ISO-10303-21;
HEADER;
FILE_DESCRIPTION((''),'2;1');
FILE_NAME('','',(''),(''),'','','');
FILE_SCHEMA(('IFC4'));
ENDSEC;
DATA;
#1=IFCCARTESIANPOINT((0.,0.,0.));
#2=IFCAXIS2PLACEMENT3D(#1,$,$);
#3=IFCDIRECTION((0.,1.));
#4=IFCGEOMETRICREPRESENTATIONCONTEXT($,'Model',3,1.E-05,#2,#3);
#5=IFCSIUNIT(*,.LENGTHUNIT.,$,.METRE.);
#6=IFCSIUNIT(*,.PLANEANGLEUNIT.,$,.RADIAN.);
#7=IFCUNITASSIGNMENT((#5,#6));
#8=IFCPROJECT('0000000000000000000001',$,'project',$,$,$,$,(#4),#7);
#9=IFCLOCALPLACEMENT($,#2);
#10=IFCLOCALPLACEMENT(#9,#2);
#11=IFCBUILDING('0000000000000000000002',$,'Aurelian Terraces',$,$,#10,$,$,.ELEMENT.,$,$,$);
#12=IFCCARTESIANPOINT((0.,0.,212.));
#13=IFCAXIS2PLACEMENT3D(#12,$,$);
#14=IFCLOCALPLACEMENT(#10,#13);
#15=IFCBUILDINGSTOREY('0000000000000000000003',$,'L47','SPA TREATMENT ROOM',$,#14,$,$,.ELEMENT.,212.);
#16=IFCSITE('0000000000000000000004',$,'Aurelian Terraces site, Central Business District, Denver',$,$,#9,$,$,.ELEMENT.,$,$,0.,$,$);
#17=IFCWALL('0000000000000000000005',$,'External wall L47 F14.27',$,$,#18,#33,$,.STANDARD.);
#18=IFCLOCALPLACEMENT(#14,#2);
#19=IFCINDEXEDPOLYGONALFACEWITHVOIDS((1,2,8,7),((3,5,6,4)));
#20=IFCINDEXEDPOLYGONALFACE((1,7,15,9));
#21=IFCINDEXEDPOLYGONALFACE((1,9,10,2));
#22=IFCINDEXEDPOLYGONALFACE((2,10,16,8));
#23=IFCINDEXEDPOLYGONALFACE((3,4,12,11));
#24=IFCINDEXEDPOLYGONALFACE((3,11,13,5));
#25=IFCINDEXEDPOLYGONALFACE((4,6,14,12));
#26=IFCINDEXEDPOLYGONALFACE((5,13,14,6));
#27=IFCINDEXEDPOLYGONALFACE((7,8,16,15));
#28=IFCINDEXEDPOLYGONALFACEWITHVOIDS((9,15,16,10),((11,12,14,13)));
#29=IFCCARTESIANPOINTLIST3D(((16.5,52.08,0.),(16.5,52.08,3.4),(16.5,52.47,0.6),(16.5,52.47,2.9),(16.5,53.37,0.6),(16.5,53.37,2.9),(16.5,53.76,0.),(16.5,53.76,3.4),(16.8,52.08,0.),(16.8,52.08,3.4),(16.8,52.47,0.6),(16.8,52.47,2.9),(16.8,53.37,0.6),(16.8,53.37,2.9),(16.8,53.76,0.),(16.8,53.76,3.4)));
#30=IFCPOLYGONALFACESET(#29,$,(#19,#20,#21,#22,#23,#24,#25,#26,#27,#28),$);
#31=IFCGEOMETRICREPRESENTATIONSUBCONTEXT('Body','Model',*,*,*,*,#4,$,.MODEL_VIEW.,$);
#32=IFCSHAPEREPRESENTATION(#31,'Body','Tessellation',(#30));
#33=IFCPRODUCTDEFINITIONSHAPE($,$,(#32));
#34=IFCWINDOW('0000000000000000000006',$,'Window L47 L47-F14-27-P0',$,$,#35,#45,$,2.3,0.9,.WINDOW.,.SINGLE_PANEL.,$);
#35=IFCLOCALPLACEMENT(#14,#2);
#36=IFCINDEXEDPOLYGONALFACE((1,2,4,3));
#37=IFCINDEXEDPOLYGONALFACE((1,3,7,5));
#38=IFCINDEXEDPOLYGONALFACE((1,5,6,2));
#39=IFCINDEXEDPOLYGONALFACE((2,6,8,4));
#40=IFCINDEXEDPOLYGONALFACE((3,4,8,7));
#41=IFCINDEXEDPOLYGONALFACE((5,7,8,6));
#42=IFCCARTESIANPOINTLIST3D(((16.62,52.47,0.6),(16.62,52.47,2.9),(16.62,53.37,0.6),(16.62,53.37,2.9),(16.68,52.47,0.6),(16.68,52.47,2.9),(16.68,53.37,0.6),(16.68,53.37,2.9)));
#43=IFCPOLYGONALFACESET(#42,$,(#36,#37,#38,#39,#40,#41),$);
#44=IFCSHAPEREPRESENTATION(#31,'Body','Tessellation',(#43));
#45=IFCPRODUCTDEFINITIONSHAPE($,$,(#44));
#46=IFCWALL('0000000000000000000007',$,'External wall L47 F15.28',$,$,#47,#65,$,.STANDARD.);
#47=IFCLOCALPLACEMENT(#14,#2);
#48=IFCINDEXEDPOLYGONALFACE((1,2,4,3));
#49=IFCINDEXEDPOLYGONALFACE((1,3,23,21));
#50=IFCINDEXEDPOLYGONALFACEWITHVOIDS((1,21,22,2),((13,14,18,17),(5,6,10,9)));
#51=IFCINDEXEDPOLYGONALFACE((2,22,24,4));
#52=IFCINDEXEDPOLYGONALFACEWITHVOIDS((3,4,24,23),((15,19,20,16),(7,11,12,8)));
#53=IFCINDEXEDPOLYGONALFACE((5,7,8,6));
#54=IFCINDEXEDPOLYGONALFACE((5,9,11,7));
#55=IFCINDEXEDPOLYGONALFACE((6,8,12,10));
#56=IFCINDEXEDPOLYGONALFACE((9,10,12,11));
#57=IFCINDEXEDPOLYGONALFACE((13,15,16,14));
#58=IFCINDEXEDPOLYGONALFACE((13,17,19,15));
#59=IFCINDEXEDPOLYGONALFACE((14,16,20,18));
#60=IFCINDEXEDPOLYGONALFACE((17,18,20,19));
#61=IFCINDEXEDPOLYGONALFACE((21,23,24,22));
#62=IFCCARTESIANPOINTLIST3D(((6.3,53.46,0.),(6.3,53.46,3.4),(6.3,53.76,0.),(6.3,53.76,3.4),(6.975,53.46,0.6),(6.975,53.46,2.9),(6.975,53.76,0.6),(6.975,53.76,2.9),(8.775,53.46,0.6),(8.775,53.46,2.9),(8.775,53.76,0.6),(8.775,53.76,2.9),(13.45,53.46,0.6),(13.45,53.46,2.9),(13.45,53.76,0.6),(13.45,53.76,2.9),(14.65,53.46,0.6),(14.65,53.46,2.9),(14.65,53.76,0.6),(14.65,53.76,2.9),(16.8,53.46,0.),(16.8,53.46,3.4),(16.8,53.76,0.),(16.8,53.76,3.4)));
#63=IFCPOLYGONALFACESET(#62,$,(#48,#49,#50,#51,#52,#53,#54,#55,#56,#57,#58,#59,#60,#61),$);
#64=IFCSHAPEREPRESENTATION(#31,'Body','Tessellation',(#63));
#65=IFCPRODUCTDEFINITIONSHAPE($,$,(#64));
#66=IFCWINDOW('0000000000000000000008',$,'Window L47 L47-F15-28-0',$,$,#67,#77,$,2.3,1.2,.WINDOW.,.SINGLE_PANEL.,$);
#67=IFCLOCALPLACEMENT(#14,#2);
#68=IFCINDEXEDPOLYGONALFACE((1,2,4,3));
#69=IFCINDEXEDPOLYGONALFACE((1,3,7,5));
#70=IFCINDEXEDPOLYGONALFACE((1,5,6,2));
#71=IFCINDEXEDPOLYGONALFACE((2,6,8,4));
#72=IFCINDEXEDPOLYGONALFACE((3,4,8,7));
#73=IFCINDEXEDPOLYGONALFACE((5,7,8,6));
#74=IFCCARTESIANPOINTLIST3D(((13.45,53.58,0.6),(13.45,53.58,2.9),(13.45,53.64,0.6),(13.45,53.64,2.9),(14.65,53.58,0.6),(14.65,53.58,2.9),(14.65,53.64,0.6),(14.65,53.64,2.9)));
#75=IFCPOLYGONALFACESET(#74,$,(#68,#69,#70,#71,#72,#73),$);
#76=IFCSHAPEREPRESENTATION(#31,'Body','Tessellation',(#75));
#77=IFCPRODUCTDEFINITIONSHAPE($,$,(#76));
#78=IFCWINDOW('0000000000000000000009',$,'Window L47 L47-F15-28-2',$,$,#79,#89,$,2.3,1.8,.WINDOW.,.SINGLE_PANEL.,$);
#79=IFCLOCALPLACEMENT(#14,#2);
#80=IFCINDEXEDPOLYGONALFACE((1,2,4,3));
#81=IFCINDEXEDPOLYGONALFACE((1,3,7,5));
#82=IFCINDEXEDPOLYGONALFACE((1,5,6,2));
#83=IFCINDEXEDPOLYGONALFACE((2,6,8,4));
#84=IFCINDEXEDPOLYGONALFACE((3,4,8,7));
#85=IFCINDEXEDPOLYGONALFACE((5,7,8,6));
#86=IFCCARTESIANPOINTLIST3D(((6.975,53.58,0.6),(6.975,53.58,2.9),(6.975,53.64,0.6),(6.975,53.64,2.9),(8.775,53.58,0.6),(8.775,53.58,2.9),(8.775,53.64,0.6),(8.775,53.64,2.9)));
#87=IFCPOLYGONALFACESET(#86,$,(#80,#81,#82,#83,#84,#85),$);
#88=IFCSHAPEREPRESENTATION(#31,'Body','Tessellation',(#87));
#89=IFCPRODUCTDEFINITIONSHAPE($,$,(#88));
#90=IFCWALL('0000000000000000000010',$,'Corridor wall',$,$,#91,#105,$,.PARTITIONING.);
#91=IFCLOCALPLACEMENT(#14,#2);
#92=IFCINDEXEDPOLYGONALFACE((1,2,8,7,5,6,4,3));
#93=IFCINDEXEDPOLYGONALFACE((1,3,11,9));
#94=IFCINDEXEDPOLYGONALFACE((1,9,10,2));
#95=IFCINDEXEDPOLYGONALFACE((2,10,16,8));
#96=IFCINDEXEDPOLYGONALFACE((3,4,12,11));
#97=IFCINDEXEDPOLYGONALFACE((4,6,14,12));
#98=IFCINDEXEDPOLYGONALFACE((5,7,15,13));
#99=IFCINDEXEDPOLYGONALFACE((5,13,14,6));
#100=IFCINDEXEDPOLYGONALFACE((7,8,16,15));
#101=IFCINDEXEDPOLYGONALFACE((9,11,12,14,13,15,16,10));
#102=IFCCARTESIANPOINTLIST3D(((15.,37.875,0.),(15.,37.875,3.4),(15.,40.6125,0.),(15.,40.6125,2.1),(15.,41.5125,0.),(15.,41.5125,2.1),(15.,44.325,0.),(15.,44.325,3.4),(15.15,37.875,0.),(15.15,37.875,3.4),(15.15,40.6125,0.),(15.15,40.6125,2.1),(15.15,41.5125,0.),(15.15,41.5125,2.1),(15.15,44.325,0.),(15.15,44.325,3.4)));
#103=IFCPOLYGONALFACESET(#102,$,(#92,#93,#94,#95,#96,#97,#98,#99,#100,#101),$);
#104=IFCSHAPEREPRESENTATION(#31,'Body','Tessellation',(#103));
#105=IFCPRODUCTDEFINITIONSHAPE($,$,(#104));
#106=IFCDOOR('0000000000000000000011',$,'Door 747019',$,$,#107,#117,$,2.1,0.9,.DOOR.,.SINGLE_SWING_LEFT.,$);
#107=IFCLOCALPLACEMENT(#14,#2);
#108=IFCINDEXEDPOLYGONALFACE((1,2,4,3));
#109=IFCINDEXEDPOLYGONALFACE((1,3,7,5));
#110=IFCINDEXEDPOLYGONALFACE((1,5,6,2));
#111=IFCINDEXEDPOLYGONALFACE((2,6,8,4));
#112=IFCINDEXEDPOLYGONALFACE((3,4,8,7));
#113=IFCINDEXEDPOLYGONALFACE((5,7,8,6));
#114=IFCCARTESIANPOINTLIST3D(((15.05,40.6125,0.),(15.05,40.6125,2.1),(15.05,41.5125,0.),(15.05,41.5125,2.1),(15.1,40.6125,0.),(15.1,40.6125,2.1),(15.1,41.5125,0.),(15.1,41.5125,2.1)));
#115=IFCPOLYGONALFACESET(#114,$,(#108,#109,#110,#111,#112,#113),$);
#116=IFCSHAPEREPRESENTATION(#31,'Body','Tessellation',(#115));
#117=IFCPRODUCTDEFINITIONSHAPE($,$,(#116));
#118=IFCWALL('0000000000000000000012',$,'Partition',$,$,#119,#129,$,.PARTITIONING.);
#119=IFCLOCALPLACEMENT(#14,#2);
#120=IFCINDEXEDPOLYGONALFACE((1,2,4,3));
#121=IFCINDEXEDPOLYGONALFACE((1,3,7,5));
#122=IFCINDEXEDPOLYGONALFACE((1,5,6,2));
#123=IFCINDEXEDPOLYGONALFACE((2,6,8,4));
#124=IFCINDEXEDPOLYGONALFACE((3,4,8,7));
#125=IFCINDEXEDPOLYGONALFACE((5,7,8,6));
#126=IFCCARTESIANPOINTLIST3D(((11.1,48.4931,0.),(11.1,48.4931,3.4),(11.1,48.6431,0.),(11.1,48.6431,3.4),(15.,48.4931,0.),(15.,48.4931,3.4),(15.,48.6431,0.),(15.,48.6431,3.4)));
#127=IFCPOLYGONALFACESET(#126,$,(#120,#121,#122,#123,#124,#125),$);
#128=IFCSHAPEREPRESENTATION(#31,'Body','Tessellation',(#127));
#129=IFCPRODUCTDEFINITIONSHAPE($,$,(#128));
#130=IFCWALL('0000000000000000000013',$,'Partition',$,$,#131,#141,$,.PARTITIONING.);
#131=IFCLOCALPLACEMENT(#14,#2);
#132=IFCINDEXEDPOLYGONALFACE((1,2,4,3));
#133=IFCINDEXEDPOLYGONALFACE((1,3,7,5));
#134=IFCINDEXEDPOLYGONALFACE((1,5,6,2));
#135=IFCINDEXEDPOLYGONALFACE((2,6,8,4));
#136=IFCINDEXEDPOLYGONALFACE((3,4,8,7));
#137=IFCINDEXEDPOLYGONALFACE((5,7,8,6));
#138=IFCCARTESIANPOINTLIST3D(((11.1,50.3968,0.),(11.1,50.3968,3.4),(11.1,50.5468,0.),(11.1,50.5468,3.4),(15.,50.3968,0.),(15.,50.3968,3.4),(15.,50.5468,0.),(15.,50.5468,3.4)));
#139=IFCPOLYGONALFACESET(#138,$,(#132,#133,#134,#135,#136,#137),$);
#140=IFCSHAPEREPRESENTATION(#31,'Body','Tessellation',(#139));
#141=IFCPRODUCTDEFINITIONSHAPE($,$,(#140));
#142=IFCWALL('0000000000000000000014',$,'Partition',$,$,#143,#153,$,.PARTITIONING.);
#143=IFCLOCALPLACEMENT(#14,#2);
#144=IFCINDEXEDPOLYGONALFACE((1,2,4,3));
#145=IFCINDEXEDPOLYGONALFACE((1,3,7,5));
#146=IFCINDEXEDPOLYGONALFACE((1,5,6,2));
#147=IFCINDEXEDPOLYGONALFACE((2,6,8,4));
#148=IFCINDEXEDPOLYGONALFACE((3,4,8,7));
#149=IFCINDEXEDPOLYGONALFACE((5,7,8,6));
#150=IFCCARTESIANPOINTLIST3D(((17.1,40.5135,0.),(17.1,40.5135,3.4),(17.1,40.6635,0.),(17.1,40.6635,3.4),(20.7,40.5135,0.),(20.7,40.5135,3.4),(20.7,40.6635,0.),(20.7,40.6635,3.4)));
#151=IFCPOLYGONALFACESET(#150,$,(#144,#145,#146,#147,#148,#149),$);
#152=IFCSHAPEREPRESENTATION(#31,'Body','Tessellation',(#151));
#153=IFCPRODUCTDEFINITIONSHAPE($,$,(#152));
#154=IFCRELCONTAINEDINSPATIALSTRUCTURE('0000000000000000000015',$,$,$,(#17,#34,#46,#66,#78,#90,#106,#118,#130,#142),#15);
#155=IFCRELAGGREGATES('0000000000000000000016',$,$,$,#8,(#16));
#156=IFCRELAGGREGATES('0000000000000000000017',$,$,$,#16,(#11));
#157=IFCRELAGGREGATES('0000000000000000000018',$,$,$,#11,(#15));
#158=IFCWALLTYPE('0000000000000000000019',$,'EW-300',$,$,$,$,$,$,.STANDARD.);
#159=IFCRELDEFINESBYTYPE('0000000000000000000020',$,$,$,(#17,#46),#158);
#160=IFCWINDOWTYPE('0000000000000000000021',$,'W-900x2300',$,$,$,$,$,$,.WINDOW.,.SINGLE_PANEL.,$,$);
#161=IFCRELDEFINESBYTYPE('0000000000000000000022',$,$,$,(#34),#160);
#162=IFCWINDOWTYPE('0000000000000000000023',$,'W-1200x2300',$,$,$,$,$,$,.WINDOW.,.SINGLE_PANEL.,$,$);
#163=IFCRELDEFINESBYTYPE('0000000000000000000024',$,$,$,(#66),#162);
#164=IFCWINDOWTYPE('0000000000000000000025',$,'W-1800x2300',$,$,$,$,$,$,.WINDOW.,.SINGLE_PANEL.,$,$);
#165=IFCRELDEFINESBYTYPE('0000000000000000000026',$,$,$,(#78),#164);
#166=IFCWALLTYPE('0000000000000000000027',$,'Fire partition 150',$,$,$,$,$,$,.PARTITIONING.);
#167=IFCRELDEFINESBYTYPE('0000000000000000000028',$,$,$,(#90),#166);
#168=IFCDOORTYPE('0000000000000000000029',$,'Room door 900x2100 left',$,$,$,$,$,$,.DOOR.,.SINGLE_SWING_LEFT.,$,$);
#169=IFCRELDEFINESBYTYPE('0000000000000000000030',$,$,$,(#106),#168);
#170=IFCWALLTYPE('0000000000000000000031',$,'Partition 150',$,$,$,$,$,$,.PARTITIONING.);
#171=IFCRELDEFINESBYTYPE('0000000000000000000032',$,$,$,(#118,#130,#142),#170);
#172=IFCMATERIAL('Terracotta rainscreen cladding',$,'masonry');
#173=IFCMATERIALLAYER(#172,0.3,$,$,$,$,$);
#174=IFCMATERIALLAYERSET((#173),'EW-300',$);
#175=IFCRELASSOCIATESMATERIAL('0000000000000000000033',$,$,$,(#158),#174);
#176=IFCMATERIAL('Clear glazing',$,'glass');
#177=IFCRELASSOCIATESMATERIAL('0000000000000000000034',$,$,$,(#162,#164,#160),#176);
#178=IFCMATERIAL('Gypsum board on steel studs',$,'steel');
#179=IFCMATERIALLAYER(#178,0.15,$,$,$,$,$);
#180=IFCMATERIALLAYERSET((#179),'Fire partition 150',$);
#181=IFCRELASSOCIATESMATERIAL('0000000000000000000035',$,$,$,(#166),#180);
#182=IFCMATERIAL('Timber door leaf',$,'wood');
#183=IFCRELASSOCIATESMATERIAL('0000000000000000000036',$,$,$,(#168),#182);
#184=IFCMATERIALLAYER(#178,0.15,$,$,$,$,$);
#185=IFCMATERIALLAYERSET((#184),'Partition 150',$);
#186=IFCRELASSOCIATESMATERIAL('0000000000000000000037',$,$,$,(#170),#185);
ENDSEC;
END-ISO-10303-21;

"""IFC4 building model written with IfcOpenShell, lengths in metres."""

from ifc_helpers import new_model, si_unit, direction, frame, frame_2d, origin, place, context, subcontext, project, spatial, rectangle, extrude, source, transform, mapped, material, layer, layer_set, type_object, element, fill, save


model = new_model("IFC4")

# Units and contexts
model_context = context("Model", 3, precision=1e-05, world=origin(), true_north=direction((0.0, 1.0)))
body_context = subcontext(model_context, "Body", "Model", "MODEL_VIEW")
ifc_project = project(units=[si_unit("LENGTHUNIT", "METRE"), si_unit("PLANEANGLEUNIT", "RADIAN")], contexts=[model_context])

# Site, building, storey
site_placement = place(None, origin())
site = spatial("IfcSite", under=ifc_project, at=site_placement, Name="Aurelian Terraces site, Central Business District, Denver", CompositionType="ELEMENT", RefElevation=0.0)
building_placement = place(site_placement, origin())
building = spatial("IfcBuilding", under=site, at=building_placement, Name="Aurelian Terraces", CompositionType="ELEMENT")
storey_placement = place(building_placement, frame((0.0, 0.0, 212.0)))
storey = spatial("IfcBuildingStorey", under=building, at=storey_placement, Name="L47", Description="SPA TREATMENT ROOM", CompositionType="ELEMENT", Elevation=212.0)

# Shared definitions
ifc_material_1 = material(Name="Terracotta rainscreen cladding", Category="masonry")
ifc_layer_1 = layer(ifc_material_1, 0.3)
ifc_layer_set_1 = layer_set([ifc_layer_1], Name="EW-300")
wall_type_1 = type_object("IfcWallType", Name="EW-300", PredefinedType="STANDARD", material=ifc_layer_set_1)
shared_shape_1 = source(origin(), body_context, "Body", "SweptSolid", [
    extrude(rectangle(XDim=1.2, YDim=2.3, at=frame_2d((0.6, 1.15))), frame((0.0, 0.16, 0.0), z_axis=(0.0, -1.0, 0.0), x_axis=(1.0, 0.0, 0.0)), (0.0, 0.0, 1.0), 0.32),
])
ifc_material_2 = material(Name="Clear glazing", Category="glass")
window_type_1 = type_object("IfcWindowType", Name="W-1200x2300", PartitioningType="SINGLE_PANEL", PredefinedType="WINDOW", material=ifc_material_2)
shared_shape_2 = source(origin(), body_context, "Body", "SweptSolid", [
    extrude(rectangle(XDim=1.2, YDim=2.3, at=frame_2d((0.6, 1.15))), frame((0.0, 0.03, 0.0), z_axis=(0.0, -1.0, 0.0), x_axis=(1.0, 0.0, 0.0)), (0.0, 0.0, 1.0), 0.06),
])

# Wall, opening, window
shared_shape_3 = source(origin(), body_context, "Body", "SweptSolid", [
    extrude(rectangle(XDim=1.8, YDim=2.3, at=frame_2d((0.9, 1.15))), frame((0.0, 0.16, 0.0), z_axis=(0.0, -1.0, 0.0), x_axis=(1.0, 0.0, 0.0)), (0.0, 0.0, 1.0), 0.32),
])
window_type_2 = type_object("IfcWindowType", Name="W-1800x2300", PartitioningType="SINGLE_PANEL", PredefinedType="WINDOW", material=ifc_material_2)
shared_shape_4 = source(origin(), body_context, "Body", "SweptSolid", [
    extrude(rectangle(XDim=1.8, YDim=2.3, at=frame_2d((0.9, 1.15))), frame((0.0, 0.03, 0.0), z_axis=(0.0, -1.0, 0.0), x_axis=(1.0, 0.0, 0.0)), (0.0, 0.0, 1.0), 0.06),
])
shared_shape_5 = source(origin(), body_context, "Body", "SweptSolid", [
    extrude(rectangle(XDim=1.68, YDim=0.3, at=frame_2d((0.84, 0.0))), origin(), (0.0, 0.0, 1.0), 3.4),
])
wall_1_placement = place(storey_placement, frame((16.65, 52.08, 0.0), z_axis=(0.0, 0.0, 1.0), x_axis=(0.0, 1.0, 0.0)))
wall_1 = element("IfcWall", 1, at=wall_1_placement, inside=storey, type_object=wall_type_1, Name="External wall L47 F14.27", PredefinedType="STANDARD", context=body_context, shape_type="MappedRepresentation", body=[
    mapped(shared_shape_5, transform((0.0, 0.0, 0.0), scale=1.0)),
])
shared_shape_6 = source(origin(), body_context, "Body", "SweptSolid", [
    extrude(rectangle(XDim=0.9, YDim=2.3, at=frame_2d((0.45, 1.15))), frame((0.0, 0.16, 0.0), z_axis=(0.0, -1.0, 0.0), x_axis=(1.0, 0.0, 0.0)), (0.0, 0.0, 1.0), 0.32),
])
opening_1_placement = place(wall_1_placement, frame((0.39, 0.0, 0.6)))
opening_1 = element("IfcOpeningElement", 2, at=opening_1_placement, cuts=wall_1, PredefinedType="OPENING", context=body_context, shape_type="MappedRepresentation", body=[
    mapped(shared_shape_6, transform((0.0, 0.0, 0.0), scale=1.0)),
])
window_type_3 = type_object("IfcWindowType", Name="W-900x2300", PartitioningType="SINGLE_PANEL", PredefinedType="WINDOW", material=ifc_material_2)
shared_shape_7 = source(origin(), body_context, "Body", "SweptSolid", [
    extrude(rectangle(XDim=0.9, YDim=2.3, at=frame_2d((0.45, 1.15))), frame((0.0, 0.03, 0.0), z_axis=(0.0, -1.0, 0.0), x_axis=(1.0, 0.0, 0.0)), (0.0, 0.0, 1.0), 0.06),
])
window_1_placement = place(opening_1_placement, origin())
window_1 = element("IfcWindow", 3, at=window_1_placement, inside=storey, type_object=window_type_3, Name="Window L47 L47-F14-27-P0", OverallHeight=2.3, OverallWidth=0.9, PartitioningType="SINGLE_PANEL", PredefinedType="WINDOW", context=body_context, shape_type="MappedRepresentation", body=[
    mapped(shared_shape_7, transform((0.0, 0.0, 0.0), scale=1.0)),
])
fill(opening_1, window_1)

# Wall, openings, windows
shared_shape_8 = source(origin(), body_context, "Body", "SweptSolid", [
    extrude(rectangle(XDim=10.5, YDim=0.3, at=frame_2d((5.25, 0.0))), origin(), (0.0, 0.0, 1.0), 3.4),
])
wall_2_placement = place(storey_placement, frame((16.8, 53.61, 0.0), z_axis=(0.0, 0.0, 1.0), x_axis=(-1.0, 0.0, 0.0)))
wall_2 = element("IfcWall", 4, at=wall_2_placement, inside=storey, type_object=wall_type_1, Name="External wall L47 F15.28", PredefinedType="STANDARD", context=body_context, shape_type="MappedRepresentation", body=[
    mapped(shared_shape_8, transform((0.0, 0.0, 0.0), scale=1.0)),
])
opening_2_placement = place(wall_2_placement, frame((2.15, 0.0, 0.6)))
opening_2 = element("IfcOpeningElement", 5, at=opening_2_placement, cuts=wall_2, PredefinedType="OPENING", context=body_context, shape_type="MappedRepresentation", body=[
    mapped(shared_shape_1, transform((0.0, 0.0, 0.0), scale=1.0)),
])
opening_3_placement = place(wall_2_placement, frame((8.025, 0.0, 0.6)))
opening_3 = element("IfcOpeningElement", 6, at=opening_3_placement, cuts=wall_2, PredefinedType="OPENING", context=body_context, shape_type="MappedRepresentation", body=[
    mapped(shared_shape_3, transform((0.0, 0.0, 0.0), scale=1.0)),
])
window_2_placement = place(opening_2_placement, origin())
window_2 = element("IfcWindow", 7, at=window_2_placement, inside=storey, type_object=window_type_1, Name="Window L47 L47-F15-28-0", OverallHeight=2.3, OverallWidth=1.2, PartitioningType="SINGLE_PANEL", PredefinedType="WINDOW", context=body_context, shape_type="MappedRepresentation", body=[
    mapped(shared_shape_2, transform((0.0, 0.0, 0.0), scale=1.0)),
])
fill(opening_2, window_2)
window_3_placement = place(opening_3_placement, origin())
window_3 = element("IfcWindow", 8, at=window_3_placement, inside=storey, type_object=window_type_2, Name="Window L47 L47-F15-28-2", OverallHeight=2.3, OverallWidth=1.8, PartitioningType="SINGLE_PANEL", PredefinedType="WINDOW", context=body_context, shape_type="MappedRepresentation", body=[
    mapped(shared_shape_4, transform((0.0, 0.0, 0.0), scale=1.0)),
])
fill(opening_3, window_3)

# Wall, opening, door
ifc_material_3 = material(Name="Gypsum board on steel studs", Category="steel")
ifc_layer_2 = layer(ifc_material_3, 0.15)
ifc_layer_set_2 = layer_set([ifc_layer_2], Name="Fire partition 150")
wall_type_2 = type_object("IfcWallType", Name="Fire partition 150", PredefinedType="PARTITIONING", material=ifc_layer_set_2)
shared_shape_9 = source(origin(), body_context, "Body", "SweptSolid", [
    extrude(rectangle(XDim=6.45, YDim=0.15, at=frame_2d((3.225, 0.0))), origin(), (0.0, 0.0, 1.0), 3.4),
])
wall_3_placement = place(storey_placement, frame((15.075, 37.875, 0.0), z_axis=(0.0, 0.0, 1.0), x_axis=(0.0, 1.0, 0.0)))
wall_3 = element("IfcWall", 9, at=wall_3_placement, inside=storey, type_object=wall_type_2, Name="Corridor wall", PredefinedType="PARTITIONING", context=body_context, shape_type="MappedRepresentation", body=[
    mapped(shared_shape_9, transform((0.0, 0.0, 0.0), scale=1.0)),
])
shared_shape_10 = source(origin(), body_context, "Body", "SweptSolid", [
    extrude(rectangle(XDim=0.9, YDim=2.1, at=frame_2d((0.45, 1.05))), frame((0.0, 0.085, 0.0), z_axis=(0.0, -1.0, 0.0), x_axis=(1.0, 0.0, 0.0)), (0.0, 0.0, 1.0), 0.17),
])
opening_4_placement = place(wall_3_placement, frame((2.7375, 0.0, 0.0)))
opening_4 = element("IfcOpeningElement", 10, at=opening_4_placement, cuts=wall_3, PredefinedType="OPENING", context=body_context, shape_type="MappedRepresentation", body=[
    mapped(shared_shape_10, transform((0.0, 0.0, 0.0), scale=1.0)),
])
ifc_material_4 = material(Name="Timber door leaf", Category="wood")
door_type_1 = type_object("IfcDoorType", Name="Room door 900x2100 left", OperationType="SINGLE_SWING_LEFT", PredefinedType="DOOR", material=ifc_material_4)
shared_shape_11 = source(origin(), body_context, "Body", "SweptSolid", [
    extrude(rectangle(XDim=0.9, YDim=2.1, at=frame_2d((0.45, 1.05))), frame((0.0, 0.025, 0.0), z_axis=(0.0, -1.0, 0.0), x_axis=(1.0, 0.0, 0.0)), (0.0, 0.0, 1.0), 0.05),
])
door_1_placement = place(opening_4_placement, origin())
door_1 = element("IfcDoor", 11, at=door_1_placement, inside=storey, type_object=door_type_1, Name="Door 747019", OperationType="SINGLE_SWING_LEFT", OverallHeight=2.1, OverallWidth=0.9, PredefinedType="DOOR", context=body_context, shape_type="MappedRepresentation", body=[
    mapped(shared_shape_11, transform((0.0, 0.0, 0.0), scale=1.0)),
])
fill(opening_4, door_1)

# Walls
ifc_layer_3 = layer(ifc_material_3, 0.15)
ifc_layer_set_3 = layer_set([ifc_layer_3], Name="Partition 150")
wall_type_3 = type_object("IfcWallType", Name="Partition 150", PredefinedType="PARTITIONING", material=ifc_layer_set_3)
shared_shape_12 = source(origin(), body_context, "Body", "SweptSolid", [
    extrude(rectangle(XDim=3.9, YDim=0.15, at=frame_2d((1.95, 0.0))), origin(), (0.0, 0.0, 1.0), 3.4),
])
for number, where, z_axis, x_axis, name in (
    (12, (15.0, 48.5681, 0.0), (0.0, 0.0, 1.0), (-1.0, 0.0, 0.0), "Partition"),
    (13, (15.0, 50.4718, 0.0), (0.0, 0.0, 1.0), (-1.0, 0.0, 0.0), "Partition"),
):
    element("IfcWall", number, at=place(storey_placement, frame(where, z_axis=z_axis, x_axis=x_axis)), inside=storey, type_object=wall_type_3, Name=name, PredefinedType="PARTITIONING", context=body_context, shape_type="MappedRepresentation", body=[
        mapped(shared_shape_12, transform((0.0, 0.0, 0.0), scale=1.0)),
    ])
shared_shape_13 = source(origin(), body_context, "Body", "SweptSolid", [
    extrude(rectangle(XDim=3.6, YDim=0.15, at=frame_2d((1.8, 0.0))), origin(), (0.0, 0.0, 1.0), 3.4),
])
wall_4_placement = place(storey_placement, frame((17.1, 40.5885, 0.0), z_axis=(0.0, 0.0, 1.0), x_axis=(1.0, 0.0, 0.0)))
element("IfcWall", 14, at=wall_4_placement, inside=storey, type_object=wall_type_3, Name="Partition", PredefinedType="PARTITIONING", context=body_context, shape_type="MappedRepresentation", body=[
    mapped(shared_shape_13, transform((0.0, 0.0, 0.0), scale=1.0)),
])

save(model, "model.ifc")
